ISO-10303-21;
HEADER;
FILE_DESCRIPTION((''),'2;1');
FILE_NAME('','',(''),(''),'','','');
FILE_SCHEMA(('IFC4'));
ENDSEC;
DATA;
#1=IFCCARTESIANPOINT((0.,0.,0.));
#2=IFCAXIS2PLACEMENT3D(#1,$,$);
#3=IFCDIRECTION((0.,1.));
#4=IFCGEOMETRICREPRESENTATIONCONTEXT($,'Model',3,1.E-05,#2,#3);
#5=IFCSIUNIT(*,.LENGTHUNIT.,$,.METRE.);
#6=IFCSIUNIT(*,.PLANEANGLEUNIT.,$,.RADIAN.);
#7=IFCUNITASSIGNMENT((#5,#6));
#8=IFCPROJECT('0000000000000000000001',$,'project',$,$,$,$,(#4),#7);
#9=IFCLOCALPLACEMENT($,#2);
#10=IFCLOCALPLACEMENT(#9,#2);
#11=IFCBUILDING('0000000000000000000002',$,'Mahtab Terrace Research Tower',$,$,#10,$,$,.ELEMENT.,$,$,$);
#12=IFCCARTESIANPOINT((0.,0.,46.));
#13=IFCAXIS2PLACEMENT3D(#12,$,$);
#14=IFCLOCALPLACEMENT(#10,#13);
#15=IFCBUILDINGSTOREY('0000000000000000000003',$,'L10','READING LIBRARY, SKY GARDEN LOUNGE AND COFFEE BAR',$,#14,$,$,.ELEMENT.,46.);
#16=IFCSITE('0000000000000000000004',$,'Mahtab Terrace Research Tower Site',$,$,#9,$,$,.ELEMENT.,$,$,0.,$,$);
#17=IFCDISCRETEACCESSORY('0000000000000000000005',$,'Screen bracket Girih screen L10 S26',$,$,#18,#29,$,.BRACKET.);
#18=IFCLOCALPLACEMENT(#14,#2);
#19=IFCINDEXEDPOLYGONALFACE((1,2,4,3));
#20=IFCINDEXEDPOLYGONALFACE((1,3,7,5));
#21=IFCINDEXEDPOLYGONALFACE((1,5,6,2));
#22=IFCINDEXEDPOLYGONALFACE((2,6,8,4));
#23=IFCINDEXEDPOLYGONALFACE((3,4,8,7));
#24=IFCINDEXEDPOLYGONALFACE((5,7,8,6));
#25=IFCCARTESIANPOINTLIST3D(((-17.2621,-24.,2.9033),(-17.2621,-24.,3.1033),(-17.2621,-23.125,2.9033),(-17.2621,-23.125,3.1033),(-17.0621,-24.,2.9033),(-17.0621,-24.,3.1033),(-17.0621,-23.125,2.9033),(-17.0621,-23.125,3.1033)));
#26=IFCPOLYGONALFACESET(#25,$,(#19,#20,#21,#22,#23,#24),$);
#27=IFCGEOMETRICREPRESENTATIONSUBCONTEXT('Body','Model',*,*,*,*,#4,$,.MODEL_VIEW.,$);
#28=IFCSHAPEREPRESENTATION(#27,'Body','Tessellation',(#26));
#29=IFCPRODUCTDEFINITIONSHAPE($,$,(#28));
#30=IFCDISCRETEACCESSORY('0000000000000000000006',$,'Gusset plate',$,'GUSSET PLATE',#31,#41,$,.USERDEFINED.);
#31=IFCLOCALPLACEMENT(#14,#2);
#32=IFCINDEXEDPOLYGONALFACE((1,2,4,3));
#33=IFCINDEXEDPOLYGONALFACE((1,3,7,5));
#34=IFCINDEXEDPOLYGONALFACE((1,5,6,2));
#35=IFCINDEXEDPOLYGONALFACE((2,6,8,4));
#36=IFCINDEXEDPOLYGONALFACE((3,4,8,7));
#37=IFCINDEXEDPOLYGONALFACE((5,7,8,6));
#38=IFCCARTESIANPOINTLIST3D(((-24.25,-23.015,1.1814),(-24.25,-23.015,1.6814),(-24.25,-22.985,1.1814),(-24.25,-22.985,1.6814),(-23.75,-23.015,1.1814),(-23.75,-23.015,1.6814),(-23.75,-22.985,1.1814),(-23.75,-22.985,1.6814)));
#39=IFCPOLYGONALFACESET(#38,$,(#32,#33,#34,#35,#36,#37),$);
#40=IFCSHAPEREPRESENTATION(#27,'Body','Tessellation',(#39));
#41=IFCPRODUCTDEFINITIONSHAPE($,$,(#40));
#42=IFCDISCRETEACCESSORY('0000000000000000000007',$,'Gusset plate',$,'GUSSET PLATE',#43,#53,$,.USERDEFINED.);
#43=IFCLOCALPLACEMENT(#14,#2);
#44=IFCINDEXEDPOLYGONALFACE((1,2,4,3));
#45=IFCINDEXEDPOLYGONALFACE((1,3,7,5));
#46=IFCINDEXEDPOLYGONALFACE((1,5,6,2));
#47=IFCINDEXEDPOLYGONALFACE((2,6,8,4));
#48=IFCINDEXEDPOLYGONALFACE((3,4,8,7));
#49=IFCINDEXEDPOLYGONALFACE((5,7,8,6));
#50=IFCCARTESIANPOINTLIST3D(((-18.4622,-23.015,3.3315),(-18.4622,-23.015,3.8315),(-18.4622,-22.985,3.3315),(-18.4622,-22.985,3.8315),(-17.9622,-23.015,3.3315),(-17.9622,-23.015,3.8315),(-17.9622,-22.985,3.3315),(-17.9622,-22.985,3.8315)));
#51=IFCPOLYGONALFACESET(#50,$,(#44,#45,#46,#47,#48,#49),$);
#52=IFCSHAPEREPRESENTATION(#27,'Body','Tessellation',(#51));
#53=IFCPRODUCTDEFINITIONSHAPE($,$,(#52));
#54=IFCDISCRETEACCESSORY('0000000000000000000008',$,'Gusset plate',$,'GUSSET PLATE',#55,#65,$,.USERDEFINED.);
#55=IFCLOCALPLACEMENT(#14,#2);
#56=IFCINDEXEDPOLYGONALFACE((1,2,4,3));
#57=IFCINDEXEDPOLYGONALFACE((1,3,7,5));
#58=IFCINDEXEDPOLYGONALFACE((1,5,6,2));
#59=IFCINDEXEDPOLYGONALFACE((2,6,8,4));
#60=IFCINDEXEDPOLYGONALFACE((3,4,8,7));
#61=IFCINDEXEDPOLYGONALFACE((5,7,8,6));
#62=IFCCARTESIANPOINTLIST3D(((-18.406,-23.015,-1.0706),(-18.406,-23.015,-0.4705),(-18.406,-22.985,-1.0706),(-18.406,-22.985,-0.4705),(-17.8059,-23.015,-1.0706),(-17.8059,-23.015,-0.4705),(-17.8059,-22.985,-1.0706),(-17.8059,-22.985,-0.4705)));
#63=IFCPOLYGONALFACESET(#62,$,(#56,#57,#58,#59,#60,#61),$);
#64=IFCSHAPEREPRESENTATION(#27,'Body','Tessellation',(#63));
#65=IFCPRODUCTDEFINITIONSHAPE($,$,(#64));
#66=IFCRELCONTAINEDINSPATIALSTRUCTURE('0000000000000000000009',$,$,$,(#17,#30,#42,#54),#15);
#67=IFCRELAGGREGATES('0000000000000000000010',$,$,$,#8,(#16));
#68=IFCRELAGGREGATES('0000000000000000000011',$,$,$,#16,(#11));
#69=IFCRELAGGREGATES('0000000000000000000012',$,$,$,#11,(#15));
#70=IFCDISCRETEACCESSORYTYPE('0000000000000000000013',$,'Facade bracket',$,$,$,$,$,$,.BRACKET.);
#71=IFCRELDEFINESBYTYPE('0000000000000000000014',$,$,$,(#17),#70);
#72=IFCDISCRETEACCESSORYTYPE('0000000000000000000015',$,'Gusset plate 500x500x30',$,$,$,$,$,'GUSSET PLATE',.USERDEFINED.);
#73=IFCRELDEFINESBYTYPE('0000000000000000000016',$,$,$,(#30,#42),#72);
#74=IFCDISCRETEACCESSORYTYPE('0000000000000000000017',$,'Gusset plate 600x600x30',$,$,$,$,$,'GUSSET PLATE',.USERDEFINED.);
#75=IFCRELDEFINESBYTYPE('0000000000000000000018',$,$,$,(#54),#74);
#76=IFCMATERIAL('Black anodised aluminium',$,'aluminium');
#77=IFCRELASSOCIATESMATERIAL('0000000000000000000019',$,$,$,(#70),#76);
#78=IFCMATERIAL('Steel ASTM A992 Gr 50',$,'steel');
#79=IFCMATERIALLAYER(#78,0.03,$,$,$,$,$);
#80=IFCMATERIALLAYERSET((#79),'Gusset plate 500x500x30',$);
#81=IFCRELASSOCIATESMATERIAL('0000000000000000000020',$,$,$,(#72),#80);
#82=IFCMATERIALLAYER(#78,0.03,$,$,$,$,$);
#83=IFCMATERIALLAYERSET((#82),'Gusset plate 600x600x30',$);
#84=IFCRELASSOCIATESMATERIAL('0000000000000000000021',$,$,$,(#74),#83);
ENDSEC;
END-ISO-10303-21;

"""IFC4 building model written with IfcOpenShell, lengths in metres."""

from ifc_helpers import new_model, si_unit, direction, frame, origin, origin_2d, place, context, subcontext, project, spatial, rectangle, extrude, material, layer, layer_set, type_object, element, save


model = new_model("IFC4")

# Units and contexts
model_context = context("Model", 3, precision=1e-05, world=origin(), true_north=direction((0.0, 1.0)))
body_context = subcontext(model_context, "Body", "Model", "MODEL_VIEW")
ifc_project = project(units=[si_unit("LENGTHUNIT", "METRE"), si_unit("PLANEANGLEUNIT", "RADIAN")], contexts=[model_context])

# Site, building, storey
site_placement = place(None, origin())
site = spatial("IfcSite", under=ifc_project, at=site_placement, Name="Mahtab Terrace Research Tower Site", CompositionType="ELEMENT", RefElevation=0.0)
building_placement = place(site_placement, origin())
building = spatial("IfcBuilding", under=site, at=building_placement, Name="Mahtab Terrace Research Tower", CompositionType="ELEMENT")
storey_placement = place(building_placement, frame((0.0, 0.0, 46.0)))
storey = spatial("IfcBuildingStorey", under=building, at=storey_placement, Name="L10", Description="READING LIBRARY, SKY GARDEN LOUNGE AND COFFEE BAR", CompositionType="ELEMENT", Elevation=46.0)

# Shared definitions
ifc_material_1 = material(Name="Steel ASTM A992 Gr 50", Category="steel")

# Discrete accessories
ifc_material_2 = material(Name="Black anodised aluminium", Category="aluminium")
discrete_accessory_type_1 = type_object("IfcDiscreteAccessoryType", Name="Facade bracket", PredefinedType="BRACKET", material=ifc_material_2)
discrete_accessory_1_placement = place(storey_placement, frame((-17.1621, -23.5625, 2.9033), z_axis=(0.0, 0.0, 1.0), x_axis=(1.0, 0.0, 0.0)))
element("IfcDiscreteAccessory", 1, at=discrete_accessory_1_placement, inside=storey, type_object=discrete_accessory_type_1, Name="Screen bracket Girih screen L10 S26", PredefinedType="BRACKET", context=body_context, shape_type="SweptSolid", body=[
    extrude(rectangle(XDim=0.2, YDim=0.875, at=origin_2d()), origin(), (0.0, 0.0, 1.0), 0.2),
])
ifc_layer_1 = layer(ifc_material_1, 0.03)
ifc_layer_set_1 = layer_set([ifc_layer_1], Name="Gusset plate 500x500x30")
discrete_accessory_type_2 = type_object("IfcDiscreteAccessoryType", Name="Gusset plate 500x500x30", ElementType="GUSSET PLATE", PredefinedType="USERDEFINED", material=ifc_layer_set_1)
for number, where, z_axis, x_axis, name in (
    (2, (-24.0, -23.0, 1.1814), (0.0, 0.0, 1.0), (1.0, 0.0, 0.0), "Gusset plate"),
    (3, (-18.2122, -23.0, 3.3315), (0.0, 0.0, 1.0), (1.0, 0.0, 0.0), "Gusset plate"),
):
    element("IfcDiscreteAccessory", number, at=place(storey_placement, frame(where, z_axis=z_axis, x_axis=x_axis)), inside=storey, type_object=discrete_accessory_type_2, Name=name, ObjectType="GUSSET PLATE", PredefinedType="USERDEFINED", context=body_context, shape_type="SweptSolid", body=[
        extrude(rectangle(XDim=0.5, YDim=0.03, at=origin_2d()), origin(), (0.0, 0.0, 1.0), 0.5),
    ])
ifc_layer_2 = layer(ifc_material_1, 0.03)
ifc_layer_set_2 = layer_set([ifc_layer_2], Name="Gusset plate 600x600x30")
discrete_accessory_type_3 = type_object("IfcDiscreteAccessoryType", Name="Gusset plate 600x600x30", ElementType="GUSSET PLATE", PredefinedType="USERDEFINED", material=ifc_layer_set_2)
discrete_accessory_2_placement = place(storey_placement, frame((-18.106, -23.0, -1.0706), z_axis=(0.0, 0.0, 1.0), x_axis=(1.0, 0.0, 0.0)))
element("IfcDiscreteAccessory", 4, at=discrete_accessory_2_placement, inside=storey, type_object=discrete_accessory_type_3, Name="Gusset plate", ObjectType="GUSSET PLATE", PredefinedType="USERDEFINED", context=body_context, shape_type="SweptSolid", body=[
    extrude(rectangle(XDim=0.6001, YDim=0.03, at=origin_2d()), origin(), (0.0, 0.0, 1.0), 0.6001),
])

save(model, "model.ifc")
